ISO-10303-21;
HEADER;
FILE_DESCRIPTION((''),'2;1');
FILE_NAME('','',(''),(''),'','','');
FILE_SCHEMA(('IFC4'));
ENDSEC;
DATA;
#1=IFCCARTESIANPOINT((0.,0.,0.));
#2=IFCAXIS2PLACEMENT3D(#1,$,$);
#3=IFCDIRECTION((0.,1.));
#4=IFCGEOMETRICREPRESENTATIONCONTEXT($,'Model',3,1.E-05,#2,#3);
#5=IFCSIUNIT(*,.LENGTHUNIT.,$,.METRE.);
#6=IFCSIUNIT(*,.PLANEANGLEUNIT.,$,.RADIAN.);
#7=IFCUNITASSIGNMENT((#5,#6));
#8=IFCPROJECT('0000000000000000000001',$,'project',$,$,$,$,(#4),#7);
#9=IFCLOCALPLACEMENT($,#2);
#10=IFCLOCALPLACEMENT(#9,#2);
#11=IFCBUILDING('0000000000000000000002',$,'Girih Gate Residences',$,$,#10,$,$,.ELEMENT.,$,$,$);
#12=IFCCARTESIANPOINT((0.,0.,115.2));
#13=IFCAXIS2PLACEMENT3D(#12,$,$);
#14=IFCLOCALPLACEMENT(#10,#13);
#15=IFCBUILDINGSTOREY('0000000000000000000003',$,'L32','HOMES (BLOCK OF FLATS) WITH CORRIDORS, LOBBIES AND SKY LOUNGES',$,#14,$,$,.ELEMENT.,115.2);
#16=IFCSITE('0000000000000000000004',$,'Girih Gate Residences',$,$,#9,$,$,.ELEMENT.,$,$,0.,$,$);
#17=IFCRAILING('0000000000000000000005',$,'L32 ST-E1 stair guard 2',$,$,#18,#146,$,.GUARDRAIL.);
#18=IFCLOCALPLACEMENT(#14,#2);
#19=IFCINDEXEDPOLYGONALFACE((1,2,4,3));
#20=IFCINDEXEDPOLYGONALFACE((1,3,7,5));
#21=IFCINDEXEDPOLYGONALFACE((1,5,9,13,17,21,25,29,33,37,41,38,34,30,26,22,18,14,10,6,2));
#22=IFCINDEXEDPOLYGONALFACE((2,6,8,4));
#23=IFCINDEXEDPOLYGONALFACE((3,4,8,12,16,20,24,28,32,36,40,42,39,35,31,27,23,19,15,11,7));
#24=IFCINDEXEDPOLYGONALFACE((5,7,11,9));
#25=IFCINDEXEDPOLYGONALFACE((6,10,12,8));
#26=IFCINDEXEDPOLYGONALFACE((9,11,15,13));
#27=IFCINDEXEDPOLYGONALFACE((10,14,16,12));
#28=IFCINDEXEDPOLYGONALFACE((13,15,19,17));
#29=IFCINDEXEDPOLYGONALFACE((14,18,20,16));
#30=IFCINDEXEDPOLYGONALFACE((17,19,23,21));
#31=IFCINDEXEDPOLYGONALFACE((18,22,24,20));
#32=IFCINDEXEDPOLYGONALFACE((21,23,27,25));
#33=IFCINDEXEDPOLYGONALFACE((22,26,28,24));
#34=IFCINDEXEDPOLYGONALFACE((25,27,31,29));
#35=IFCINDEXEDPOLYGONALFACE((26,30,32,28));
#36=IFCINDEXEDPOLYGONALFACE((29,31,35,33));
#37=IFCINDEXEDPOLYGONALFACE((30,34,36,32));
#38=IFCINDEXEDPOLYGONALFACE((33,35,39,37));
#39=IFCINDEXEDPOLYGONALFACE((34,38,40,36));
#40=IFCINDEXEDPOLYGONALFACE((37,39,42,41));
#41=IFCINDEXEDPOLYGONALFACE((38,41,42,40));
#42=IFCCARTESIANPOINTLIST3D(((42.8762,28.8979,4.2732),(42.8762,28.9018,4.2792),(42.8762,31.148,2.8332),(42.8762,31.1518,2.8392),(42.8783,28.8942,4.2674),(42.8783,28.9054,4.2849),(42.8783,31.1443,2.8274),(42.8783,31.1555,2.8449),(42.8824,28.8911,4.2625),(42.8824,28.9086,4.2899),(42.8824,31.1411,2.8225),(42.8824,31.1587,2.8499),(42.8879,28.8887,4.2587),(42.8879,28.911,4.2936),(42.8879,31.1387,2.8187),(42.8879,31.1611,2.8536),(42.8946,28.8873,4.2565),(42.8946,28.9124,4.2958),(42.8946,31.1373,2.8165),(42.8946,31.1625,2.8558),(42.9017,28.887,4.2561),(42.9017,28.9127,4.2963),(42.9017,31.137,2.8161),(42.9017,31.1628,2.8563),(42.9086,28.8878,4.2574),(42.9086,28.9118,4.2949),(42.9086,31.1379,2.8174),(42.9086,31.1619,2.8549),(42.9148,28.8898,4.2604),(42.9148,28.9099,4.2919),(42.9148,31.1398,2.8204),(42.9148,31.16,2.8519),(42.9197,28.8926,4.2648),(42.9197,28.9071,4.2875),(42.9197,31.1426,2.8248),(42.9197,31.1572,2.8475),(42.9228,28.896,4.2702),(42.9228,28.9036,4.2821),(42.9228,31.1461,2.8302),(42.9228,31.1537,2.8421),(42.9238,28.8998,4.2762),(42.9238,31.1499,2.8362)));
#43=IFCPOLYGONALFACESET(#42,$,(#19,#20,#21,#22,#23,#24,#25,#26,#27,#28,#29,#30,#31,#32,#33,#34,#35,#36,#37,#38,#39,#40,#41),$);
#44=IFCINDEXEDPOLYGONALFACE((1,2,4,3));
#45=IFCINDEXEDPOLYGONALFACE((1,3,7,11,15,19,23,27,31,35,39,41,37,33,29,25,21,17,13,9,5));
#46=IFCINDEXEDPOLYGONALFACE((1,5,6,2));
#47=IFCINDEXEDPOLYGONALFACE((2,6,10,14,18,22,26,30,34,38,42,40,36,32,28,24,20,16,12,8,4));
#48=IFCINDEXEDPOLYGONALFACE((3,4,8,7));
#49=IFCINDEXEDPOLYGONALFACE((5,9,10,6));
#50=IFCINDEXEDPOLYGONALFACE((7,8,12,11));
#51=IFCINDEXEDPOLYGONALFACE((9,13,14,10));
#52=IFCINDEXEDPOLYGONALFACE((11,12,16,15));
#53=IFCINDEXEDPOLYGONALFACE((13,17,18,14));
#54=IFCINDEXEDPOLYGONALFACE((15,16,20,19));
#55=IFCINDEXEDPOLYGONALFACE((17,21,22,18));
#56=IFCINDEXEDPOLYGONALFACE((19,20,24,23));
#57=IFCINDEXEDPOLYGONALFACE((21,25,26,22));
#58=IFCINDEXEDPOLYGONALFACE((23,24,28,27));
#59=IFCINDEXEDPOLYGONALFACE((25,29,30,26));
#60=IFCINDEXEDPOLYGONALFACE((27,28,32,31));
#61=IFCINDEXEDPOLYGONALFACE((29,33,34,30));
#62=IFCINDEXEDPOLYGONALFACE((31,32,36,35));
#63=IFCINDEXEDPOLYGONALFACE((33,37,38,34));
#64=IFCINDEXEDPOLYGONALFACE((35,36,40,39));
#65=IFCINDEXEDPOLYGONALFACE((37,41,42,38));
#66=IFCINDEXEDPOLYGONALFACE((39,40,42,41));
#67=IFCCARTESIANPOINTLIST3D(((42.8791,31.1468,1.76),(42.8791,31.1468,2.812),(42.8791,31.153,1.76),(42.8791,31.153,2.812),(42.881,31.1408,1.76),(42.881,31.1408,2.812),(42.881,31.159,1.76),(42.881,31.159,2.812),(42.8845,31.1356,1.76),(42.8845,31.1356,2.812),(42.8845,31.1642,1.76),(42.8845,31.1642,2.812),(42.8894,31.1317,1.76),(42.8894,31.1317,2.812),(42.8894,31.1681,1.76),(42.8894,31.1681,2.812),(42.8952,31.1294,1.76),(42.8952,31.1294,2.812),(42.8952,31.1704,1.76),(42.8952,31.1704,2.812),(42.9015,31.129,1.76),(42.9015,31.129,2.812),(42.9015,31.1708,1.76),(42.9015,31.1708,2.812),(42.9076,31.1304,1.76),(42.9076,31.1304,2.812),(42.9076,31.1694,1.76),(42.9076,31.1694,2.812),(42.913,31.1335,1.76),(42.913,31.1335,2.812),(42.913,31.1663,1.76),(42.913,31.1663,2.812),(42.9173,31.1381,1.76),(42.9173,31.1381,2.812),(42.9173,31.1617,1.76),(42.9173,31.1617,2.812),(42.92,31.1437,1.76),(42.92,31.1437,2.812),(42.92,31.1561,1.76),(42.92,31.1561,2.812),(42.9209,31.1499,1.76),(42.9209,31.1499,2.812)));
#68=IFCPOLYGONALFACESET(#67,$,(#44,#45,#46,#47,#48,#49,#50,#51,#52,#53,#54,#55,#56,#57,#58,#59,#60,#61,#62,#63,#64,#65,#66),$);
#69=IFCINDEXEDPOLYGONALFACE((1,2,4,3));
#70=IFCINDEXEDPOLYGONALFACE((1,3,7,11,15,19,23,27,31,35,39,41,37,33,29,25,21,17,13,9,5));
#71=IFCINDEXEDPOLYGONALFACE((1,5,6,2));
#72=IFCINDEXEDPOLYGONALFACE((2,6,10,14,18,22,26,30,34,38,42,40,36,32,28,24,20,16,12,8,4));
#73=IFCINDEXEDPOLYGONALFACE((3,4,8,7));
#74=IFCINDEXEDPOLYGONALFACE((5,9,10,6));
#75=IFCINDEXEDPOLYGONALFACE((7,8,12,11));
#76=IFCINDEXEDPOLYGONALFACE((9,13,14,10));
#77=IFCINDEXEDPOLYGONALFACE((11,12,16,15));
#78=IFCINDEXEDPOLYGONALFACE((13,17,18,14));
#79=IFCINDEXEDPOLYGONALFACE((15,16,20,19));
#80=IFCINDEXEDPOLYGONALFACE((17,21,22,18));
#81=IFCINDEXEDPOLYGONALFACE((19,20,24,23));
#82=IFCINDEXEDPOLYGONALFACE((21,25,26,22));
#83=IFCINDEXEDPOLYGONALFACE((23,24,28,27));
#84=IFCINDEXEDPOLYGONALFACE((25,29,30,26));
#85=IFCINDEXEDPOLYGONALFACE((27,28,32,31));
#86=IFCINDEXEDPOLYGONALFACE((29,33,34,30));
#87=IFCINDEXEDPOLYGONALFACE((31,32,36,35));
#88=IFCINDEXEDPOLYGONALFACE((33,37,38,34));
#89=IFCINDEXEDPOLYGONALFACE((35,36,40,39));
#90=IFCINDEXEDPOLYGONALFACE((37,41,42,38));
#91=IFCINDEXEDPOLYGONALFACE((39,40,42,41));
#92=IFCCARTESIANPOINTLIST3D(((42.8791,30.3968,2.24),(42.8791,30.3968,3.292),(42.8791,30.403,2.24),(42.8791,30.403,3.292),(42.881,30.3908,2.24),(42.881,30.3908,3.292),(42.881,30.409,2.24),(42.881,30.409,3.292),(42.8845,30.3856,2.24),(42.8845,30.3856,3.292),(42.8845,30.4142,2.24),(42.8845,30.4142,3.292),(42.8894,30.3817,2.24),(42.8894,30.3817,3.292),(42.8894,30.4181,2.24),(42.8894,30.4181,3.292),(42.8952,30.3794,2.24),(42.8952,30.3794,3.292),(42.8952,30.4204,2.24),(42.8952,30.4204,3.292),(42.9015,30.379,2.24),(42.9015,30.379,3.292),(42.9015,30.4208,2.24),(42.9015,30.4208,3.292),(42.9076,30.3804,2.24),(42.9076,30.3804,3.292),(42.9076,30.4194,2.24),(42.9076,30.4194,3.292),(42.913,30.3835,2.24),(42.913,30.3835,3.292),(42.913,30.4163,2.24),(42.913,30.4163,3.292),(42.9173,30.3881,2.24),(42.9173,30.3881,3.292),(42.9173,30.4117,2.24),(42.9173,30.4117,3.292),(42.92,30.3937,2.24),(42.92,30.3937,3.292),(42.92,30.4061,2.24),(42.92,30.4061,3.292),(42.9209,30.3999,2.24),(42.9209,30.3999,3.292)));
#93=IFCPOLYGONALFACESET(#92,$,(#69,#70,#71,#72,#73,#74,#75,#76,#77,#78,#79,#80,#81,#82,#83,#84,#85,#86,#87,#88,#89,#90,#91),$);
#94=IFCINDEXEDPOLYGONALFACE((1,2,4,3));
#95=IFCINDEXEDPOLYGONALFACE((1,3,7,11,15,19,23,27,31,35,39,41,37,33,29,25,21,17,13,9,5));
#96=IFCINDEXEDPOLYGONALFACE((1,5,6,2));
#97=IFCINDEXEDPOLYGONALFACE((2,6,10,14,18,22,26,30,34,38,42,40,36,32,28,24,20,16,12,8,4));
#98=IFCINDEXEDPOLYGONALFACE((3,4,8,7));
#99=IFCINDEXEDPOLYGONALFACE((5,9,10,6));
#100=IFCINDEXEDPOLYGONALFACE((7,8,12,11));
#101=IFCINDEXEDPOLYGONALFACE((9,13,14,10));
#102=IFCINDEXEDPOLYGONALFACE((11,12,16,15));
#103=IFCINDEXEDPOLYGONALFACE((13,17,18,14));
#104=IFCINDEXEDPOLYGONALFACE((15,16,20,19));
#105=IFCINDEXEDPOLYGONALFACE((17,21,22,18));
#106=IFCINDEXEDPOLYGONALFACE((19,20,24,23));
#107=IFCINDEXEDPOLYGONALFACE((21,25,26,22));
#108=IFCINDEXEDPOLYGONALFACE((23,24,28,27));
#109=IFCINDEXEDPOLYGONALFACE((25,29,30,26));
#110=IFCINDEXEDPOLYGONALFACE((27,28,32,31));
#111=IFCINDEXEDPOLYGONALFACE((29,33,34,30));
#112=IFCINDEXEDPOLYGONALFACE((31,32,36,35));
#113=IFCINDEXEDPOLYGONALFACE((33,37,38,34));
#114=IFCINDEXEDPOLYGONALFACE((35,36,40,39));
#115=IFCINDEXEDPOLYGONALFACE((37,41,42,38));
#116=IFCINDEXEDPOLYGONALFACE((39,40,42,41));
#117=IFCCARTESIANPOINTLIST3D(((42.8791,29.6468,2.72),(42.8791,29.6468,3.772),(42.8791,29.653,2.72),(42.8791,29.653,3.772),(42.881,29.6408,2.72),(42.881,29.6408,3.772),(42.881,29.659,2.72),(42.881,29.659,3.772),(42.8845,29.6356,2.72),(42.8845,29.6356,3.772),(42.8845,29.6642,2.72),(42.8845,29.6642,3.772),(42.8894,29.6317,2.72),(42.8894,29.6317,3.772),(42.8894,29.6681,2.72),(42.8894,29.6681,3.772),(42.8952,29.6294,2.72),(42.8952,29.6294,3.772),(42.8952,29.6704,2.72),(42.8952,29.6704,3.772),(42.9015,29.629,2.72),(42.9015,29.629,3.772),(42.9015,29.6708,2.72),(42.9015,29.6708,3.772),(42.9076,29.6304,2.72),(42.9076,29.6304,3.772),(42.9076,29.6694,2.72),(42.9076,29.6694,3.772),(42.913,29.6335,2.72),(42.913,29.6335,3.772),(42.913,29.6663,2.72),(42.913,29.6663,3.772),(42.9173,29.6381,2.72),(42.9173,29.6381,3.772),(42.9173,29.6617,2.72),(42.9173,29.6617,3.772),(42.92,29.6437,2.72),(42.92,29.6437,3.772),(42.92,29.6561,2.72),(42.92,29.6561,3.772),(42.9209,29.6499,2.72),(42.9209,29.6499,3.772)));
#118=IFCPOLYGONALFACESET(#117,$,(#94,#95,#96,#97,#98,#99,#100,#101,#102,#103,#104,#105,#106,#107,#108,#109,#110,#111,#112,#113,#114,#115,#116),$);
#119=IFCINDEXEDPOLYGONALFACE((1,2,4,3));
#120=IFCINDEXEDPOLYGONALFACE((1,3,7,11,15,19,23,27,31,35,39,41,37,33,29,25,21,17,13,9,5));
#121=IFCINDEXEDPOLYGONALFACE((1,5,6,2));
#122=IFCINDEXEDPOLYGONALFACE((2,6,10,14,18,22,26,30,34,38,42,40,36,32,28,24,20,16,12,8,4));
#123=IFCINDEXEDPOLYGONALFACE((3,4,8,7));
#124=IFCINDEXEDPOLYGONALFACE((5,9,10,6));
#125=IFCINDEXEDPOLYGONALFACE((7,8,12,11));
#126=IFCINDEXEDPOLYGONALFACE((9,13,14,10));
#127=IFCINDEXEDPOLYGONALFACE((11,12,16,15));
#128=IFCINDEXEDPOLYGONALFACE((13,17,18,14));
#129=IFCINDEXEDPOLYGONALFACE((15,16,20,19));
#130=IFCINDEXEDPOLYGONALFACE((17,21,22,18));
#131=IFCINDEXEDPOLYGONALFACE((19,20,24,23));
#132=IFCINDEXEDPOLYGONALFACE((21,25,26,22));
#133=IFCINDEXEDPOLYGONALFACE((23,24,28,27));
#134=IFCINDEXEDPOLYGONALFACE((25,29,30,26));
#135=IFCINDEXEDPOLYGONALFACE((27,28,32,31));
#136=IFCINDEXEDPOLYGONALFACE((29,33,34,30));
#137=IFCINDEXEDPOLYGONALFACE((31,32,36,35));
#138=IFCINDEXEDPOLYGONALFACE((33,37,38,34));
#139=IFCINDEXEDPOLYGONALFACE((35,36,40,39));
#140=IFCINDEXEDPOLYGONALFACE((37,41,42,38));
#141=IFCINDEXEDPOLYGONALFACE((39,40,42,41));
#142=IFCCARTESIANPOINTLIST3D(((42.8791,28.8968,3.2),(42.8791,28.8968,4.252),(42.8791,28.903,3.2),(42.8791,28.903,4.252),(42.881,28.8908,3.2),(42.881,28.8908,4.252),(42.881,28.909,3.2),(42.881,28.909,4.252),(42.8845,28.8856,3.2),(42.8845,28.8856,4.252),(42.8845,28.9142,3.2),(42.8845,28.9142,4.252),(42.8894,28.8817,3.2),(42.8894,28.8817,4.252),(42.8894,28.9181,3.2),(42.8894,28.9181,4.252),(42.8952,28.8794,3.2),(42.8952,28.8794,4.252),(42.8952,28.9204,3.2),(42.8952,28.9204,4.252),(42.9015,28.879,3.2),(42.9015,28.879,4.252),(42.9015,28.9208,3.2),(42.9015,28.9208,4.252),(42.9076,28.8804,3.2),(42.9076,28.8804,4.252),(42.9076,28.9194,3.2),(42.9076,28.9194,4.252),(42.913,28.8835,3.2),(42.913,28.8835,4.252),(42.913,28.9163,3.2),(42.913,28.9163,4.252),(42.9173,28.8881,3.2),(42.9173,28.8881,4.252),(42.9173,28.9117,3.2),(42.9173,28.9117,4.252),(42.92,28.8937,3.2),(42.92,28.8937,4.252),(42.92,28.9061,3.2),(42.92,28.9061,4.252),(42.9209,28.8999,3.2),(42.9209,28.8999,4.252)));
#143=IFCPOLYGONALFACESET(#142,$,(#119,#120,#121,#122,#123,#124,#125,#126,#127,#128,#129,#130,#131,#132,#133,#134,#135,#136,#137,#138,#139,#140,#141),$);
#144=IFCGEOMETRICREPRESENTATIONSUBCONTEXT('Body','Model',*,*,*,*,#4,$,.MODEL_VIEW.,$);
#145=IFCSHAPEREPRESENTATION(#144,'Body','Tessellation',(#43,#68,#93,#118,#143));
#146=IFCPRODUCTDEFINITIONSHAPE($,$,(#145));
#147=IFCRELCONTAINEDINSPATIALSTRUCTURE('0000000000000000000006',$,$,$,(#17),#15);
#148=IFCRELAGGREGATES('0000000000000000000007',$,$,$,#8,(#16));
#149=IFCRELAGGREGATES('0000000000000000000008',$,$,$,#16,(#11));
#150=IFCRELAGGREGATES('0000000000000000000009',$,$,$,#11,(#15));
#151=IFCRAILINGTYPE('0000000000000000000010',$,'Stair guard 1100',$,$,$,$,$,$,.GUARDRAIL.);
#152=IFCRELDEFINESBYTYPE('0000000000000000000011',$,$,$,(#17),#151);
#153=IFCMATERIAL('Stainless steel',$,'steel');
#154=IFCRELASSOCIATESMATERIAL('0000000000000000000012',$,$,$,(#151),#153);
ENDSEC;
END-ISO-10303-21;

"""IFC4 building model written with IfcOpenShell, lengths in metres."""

from ifc_helpers import new_model, si_unit, direction, frame, origin, origin_2d, place, context, subcontext, project, spatial, circle, extrude, material, type_object, element, save


model = new_model("IFC4")

# Units and contexts
model_context = context("Model", 3, precision=1e-05, world=origin(), true_north=direction((0.0, 1.0)))
body_context = subcontext(model_context, "Body", "Model", "MODEL_VIEW")
ifc_project = project(units=[si_unit("LENGTHUNIT", "METRE"), si_unit("PLANEANGLEUNIT", "RADIAN")], contexts=[model_context])

# Site, building, storey
site_placement = place(None, origin())
site = spatial("IfcSite", under=ifc_project, at=site_placement, Name="Girih Gate Residences", CompositionType="ELEMENT", RefElevation=0.0)
building_placement = place(site_placement, origin())
building = spatial("IfcBuilding", under=site, at=building_placement, Name="Girih Gate Residences", CompositionType="ELEMENT")
storey_placement = place(building_placement, frame((0.0, 0.0, 115.2)))
storey = spatial("IfcBuildingStorey", under=building, at=storey_placement, Name="L32", Description="HOMES (BLOCK OF FLATS) WITH CORRIDORS, LOBBIES AND SKY LOUNGES", CompositionType="ELEMENT", Elevation=115.2)

# Railing
ifc_material_1 = material(Name="Stainless steel", Category="steel")
railing_type_1 = type_object("IfcRailingType", Name="Stair guard 1100", PredefinedType="GUARDRAIL", material=ifc_material_1)
railing_1_placement = place(storey_placement, frame((42.8999, 31.1499, 1.76)))
element("IfcRailing", 1, at=railing_1_placement, inside=storey, type_object=railing_type_1, Name="L32 ST-E1 stair guard 2", PredefinedType="GUARDRAIL", context=body_context, shape_type="SweptSolid", body=[
    extrude(circle(Radius=0.0239, at=origin_2d()), frame((0.0, 0.0, 1.0762), z_axis=(0.0, -0.842281, 0.539038), x_axis=(1.0, 0.0, 0.0)), (0.0, 0.0, 1.0), 2.6714),
    extrude(circle(Radius=0.021, at=origin_2d()), origin(), (0.0, 0.0, 1.0), 1.052),
    extrude(circle(Radius=0.021, at=origin_2d()), frame((0.0, -0.75, 0.48)), (0.0, 0.0, 1.0), 1.052),
    extrude(circle(Radius=0.021, at=origin_2d()), frame((0.0, -1.5, 0.96)), (0.0, 0.0, 1.0), 1.052),
    extrude(circle(Radius=0.021, at=origin_2d()), frame((0.0, -2.25, 1.4399)), (0.0, 0.0, 1.0), 1.052),
])

save(model, "model.ifc")
